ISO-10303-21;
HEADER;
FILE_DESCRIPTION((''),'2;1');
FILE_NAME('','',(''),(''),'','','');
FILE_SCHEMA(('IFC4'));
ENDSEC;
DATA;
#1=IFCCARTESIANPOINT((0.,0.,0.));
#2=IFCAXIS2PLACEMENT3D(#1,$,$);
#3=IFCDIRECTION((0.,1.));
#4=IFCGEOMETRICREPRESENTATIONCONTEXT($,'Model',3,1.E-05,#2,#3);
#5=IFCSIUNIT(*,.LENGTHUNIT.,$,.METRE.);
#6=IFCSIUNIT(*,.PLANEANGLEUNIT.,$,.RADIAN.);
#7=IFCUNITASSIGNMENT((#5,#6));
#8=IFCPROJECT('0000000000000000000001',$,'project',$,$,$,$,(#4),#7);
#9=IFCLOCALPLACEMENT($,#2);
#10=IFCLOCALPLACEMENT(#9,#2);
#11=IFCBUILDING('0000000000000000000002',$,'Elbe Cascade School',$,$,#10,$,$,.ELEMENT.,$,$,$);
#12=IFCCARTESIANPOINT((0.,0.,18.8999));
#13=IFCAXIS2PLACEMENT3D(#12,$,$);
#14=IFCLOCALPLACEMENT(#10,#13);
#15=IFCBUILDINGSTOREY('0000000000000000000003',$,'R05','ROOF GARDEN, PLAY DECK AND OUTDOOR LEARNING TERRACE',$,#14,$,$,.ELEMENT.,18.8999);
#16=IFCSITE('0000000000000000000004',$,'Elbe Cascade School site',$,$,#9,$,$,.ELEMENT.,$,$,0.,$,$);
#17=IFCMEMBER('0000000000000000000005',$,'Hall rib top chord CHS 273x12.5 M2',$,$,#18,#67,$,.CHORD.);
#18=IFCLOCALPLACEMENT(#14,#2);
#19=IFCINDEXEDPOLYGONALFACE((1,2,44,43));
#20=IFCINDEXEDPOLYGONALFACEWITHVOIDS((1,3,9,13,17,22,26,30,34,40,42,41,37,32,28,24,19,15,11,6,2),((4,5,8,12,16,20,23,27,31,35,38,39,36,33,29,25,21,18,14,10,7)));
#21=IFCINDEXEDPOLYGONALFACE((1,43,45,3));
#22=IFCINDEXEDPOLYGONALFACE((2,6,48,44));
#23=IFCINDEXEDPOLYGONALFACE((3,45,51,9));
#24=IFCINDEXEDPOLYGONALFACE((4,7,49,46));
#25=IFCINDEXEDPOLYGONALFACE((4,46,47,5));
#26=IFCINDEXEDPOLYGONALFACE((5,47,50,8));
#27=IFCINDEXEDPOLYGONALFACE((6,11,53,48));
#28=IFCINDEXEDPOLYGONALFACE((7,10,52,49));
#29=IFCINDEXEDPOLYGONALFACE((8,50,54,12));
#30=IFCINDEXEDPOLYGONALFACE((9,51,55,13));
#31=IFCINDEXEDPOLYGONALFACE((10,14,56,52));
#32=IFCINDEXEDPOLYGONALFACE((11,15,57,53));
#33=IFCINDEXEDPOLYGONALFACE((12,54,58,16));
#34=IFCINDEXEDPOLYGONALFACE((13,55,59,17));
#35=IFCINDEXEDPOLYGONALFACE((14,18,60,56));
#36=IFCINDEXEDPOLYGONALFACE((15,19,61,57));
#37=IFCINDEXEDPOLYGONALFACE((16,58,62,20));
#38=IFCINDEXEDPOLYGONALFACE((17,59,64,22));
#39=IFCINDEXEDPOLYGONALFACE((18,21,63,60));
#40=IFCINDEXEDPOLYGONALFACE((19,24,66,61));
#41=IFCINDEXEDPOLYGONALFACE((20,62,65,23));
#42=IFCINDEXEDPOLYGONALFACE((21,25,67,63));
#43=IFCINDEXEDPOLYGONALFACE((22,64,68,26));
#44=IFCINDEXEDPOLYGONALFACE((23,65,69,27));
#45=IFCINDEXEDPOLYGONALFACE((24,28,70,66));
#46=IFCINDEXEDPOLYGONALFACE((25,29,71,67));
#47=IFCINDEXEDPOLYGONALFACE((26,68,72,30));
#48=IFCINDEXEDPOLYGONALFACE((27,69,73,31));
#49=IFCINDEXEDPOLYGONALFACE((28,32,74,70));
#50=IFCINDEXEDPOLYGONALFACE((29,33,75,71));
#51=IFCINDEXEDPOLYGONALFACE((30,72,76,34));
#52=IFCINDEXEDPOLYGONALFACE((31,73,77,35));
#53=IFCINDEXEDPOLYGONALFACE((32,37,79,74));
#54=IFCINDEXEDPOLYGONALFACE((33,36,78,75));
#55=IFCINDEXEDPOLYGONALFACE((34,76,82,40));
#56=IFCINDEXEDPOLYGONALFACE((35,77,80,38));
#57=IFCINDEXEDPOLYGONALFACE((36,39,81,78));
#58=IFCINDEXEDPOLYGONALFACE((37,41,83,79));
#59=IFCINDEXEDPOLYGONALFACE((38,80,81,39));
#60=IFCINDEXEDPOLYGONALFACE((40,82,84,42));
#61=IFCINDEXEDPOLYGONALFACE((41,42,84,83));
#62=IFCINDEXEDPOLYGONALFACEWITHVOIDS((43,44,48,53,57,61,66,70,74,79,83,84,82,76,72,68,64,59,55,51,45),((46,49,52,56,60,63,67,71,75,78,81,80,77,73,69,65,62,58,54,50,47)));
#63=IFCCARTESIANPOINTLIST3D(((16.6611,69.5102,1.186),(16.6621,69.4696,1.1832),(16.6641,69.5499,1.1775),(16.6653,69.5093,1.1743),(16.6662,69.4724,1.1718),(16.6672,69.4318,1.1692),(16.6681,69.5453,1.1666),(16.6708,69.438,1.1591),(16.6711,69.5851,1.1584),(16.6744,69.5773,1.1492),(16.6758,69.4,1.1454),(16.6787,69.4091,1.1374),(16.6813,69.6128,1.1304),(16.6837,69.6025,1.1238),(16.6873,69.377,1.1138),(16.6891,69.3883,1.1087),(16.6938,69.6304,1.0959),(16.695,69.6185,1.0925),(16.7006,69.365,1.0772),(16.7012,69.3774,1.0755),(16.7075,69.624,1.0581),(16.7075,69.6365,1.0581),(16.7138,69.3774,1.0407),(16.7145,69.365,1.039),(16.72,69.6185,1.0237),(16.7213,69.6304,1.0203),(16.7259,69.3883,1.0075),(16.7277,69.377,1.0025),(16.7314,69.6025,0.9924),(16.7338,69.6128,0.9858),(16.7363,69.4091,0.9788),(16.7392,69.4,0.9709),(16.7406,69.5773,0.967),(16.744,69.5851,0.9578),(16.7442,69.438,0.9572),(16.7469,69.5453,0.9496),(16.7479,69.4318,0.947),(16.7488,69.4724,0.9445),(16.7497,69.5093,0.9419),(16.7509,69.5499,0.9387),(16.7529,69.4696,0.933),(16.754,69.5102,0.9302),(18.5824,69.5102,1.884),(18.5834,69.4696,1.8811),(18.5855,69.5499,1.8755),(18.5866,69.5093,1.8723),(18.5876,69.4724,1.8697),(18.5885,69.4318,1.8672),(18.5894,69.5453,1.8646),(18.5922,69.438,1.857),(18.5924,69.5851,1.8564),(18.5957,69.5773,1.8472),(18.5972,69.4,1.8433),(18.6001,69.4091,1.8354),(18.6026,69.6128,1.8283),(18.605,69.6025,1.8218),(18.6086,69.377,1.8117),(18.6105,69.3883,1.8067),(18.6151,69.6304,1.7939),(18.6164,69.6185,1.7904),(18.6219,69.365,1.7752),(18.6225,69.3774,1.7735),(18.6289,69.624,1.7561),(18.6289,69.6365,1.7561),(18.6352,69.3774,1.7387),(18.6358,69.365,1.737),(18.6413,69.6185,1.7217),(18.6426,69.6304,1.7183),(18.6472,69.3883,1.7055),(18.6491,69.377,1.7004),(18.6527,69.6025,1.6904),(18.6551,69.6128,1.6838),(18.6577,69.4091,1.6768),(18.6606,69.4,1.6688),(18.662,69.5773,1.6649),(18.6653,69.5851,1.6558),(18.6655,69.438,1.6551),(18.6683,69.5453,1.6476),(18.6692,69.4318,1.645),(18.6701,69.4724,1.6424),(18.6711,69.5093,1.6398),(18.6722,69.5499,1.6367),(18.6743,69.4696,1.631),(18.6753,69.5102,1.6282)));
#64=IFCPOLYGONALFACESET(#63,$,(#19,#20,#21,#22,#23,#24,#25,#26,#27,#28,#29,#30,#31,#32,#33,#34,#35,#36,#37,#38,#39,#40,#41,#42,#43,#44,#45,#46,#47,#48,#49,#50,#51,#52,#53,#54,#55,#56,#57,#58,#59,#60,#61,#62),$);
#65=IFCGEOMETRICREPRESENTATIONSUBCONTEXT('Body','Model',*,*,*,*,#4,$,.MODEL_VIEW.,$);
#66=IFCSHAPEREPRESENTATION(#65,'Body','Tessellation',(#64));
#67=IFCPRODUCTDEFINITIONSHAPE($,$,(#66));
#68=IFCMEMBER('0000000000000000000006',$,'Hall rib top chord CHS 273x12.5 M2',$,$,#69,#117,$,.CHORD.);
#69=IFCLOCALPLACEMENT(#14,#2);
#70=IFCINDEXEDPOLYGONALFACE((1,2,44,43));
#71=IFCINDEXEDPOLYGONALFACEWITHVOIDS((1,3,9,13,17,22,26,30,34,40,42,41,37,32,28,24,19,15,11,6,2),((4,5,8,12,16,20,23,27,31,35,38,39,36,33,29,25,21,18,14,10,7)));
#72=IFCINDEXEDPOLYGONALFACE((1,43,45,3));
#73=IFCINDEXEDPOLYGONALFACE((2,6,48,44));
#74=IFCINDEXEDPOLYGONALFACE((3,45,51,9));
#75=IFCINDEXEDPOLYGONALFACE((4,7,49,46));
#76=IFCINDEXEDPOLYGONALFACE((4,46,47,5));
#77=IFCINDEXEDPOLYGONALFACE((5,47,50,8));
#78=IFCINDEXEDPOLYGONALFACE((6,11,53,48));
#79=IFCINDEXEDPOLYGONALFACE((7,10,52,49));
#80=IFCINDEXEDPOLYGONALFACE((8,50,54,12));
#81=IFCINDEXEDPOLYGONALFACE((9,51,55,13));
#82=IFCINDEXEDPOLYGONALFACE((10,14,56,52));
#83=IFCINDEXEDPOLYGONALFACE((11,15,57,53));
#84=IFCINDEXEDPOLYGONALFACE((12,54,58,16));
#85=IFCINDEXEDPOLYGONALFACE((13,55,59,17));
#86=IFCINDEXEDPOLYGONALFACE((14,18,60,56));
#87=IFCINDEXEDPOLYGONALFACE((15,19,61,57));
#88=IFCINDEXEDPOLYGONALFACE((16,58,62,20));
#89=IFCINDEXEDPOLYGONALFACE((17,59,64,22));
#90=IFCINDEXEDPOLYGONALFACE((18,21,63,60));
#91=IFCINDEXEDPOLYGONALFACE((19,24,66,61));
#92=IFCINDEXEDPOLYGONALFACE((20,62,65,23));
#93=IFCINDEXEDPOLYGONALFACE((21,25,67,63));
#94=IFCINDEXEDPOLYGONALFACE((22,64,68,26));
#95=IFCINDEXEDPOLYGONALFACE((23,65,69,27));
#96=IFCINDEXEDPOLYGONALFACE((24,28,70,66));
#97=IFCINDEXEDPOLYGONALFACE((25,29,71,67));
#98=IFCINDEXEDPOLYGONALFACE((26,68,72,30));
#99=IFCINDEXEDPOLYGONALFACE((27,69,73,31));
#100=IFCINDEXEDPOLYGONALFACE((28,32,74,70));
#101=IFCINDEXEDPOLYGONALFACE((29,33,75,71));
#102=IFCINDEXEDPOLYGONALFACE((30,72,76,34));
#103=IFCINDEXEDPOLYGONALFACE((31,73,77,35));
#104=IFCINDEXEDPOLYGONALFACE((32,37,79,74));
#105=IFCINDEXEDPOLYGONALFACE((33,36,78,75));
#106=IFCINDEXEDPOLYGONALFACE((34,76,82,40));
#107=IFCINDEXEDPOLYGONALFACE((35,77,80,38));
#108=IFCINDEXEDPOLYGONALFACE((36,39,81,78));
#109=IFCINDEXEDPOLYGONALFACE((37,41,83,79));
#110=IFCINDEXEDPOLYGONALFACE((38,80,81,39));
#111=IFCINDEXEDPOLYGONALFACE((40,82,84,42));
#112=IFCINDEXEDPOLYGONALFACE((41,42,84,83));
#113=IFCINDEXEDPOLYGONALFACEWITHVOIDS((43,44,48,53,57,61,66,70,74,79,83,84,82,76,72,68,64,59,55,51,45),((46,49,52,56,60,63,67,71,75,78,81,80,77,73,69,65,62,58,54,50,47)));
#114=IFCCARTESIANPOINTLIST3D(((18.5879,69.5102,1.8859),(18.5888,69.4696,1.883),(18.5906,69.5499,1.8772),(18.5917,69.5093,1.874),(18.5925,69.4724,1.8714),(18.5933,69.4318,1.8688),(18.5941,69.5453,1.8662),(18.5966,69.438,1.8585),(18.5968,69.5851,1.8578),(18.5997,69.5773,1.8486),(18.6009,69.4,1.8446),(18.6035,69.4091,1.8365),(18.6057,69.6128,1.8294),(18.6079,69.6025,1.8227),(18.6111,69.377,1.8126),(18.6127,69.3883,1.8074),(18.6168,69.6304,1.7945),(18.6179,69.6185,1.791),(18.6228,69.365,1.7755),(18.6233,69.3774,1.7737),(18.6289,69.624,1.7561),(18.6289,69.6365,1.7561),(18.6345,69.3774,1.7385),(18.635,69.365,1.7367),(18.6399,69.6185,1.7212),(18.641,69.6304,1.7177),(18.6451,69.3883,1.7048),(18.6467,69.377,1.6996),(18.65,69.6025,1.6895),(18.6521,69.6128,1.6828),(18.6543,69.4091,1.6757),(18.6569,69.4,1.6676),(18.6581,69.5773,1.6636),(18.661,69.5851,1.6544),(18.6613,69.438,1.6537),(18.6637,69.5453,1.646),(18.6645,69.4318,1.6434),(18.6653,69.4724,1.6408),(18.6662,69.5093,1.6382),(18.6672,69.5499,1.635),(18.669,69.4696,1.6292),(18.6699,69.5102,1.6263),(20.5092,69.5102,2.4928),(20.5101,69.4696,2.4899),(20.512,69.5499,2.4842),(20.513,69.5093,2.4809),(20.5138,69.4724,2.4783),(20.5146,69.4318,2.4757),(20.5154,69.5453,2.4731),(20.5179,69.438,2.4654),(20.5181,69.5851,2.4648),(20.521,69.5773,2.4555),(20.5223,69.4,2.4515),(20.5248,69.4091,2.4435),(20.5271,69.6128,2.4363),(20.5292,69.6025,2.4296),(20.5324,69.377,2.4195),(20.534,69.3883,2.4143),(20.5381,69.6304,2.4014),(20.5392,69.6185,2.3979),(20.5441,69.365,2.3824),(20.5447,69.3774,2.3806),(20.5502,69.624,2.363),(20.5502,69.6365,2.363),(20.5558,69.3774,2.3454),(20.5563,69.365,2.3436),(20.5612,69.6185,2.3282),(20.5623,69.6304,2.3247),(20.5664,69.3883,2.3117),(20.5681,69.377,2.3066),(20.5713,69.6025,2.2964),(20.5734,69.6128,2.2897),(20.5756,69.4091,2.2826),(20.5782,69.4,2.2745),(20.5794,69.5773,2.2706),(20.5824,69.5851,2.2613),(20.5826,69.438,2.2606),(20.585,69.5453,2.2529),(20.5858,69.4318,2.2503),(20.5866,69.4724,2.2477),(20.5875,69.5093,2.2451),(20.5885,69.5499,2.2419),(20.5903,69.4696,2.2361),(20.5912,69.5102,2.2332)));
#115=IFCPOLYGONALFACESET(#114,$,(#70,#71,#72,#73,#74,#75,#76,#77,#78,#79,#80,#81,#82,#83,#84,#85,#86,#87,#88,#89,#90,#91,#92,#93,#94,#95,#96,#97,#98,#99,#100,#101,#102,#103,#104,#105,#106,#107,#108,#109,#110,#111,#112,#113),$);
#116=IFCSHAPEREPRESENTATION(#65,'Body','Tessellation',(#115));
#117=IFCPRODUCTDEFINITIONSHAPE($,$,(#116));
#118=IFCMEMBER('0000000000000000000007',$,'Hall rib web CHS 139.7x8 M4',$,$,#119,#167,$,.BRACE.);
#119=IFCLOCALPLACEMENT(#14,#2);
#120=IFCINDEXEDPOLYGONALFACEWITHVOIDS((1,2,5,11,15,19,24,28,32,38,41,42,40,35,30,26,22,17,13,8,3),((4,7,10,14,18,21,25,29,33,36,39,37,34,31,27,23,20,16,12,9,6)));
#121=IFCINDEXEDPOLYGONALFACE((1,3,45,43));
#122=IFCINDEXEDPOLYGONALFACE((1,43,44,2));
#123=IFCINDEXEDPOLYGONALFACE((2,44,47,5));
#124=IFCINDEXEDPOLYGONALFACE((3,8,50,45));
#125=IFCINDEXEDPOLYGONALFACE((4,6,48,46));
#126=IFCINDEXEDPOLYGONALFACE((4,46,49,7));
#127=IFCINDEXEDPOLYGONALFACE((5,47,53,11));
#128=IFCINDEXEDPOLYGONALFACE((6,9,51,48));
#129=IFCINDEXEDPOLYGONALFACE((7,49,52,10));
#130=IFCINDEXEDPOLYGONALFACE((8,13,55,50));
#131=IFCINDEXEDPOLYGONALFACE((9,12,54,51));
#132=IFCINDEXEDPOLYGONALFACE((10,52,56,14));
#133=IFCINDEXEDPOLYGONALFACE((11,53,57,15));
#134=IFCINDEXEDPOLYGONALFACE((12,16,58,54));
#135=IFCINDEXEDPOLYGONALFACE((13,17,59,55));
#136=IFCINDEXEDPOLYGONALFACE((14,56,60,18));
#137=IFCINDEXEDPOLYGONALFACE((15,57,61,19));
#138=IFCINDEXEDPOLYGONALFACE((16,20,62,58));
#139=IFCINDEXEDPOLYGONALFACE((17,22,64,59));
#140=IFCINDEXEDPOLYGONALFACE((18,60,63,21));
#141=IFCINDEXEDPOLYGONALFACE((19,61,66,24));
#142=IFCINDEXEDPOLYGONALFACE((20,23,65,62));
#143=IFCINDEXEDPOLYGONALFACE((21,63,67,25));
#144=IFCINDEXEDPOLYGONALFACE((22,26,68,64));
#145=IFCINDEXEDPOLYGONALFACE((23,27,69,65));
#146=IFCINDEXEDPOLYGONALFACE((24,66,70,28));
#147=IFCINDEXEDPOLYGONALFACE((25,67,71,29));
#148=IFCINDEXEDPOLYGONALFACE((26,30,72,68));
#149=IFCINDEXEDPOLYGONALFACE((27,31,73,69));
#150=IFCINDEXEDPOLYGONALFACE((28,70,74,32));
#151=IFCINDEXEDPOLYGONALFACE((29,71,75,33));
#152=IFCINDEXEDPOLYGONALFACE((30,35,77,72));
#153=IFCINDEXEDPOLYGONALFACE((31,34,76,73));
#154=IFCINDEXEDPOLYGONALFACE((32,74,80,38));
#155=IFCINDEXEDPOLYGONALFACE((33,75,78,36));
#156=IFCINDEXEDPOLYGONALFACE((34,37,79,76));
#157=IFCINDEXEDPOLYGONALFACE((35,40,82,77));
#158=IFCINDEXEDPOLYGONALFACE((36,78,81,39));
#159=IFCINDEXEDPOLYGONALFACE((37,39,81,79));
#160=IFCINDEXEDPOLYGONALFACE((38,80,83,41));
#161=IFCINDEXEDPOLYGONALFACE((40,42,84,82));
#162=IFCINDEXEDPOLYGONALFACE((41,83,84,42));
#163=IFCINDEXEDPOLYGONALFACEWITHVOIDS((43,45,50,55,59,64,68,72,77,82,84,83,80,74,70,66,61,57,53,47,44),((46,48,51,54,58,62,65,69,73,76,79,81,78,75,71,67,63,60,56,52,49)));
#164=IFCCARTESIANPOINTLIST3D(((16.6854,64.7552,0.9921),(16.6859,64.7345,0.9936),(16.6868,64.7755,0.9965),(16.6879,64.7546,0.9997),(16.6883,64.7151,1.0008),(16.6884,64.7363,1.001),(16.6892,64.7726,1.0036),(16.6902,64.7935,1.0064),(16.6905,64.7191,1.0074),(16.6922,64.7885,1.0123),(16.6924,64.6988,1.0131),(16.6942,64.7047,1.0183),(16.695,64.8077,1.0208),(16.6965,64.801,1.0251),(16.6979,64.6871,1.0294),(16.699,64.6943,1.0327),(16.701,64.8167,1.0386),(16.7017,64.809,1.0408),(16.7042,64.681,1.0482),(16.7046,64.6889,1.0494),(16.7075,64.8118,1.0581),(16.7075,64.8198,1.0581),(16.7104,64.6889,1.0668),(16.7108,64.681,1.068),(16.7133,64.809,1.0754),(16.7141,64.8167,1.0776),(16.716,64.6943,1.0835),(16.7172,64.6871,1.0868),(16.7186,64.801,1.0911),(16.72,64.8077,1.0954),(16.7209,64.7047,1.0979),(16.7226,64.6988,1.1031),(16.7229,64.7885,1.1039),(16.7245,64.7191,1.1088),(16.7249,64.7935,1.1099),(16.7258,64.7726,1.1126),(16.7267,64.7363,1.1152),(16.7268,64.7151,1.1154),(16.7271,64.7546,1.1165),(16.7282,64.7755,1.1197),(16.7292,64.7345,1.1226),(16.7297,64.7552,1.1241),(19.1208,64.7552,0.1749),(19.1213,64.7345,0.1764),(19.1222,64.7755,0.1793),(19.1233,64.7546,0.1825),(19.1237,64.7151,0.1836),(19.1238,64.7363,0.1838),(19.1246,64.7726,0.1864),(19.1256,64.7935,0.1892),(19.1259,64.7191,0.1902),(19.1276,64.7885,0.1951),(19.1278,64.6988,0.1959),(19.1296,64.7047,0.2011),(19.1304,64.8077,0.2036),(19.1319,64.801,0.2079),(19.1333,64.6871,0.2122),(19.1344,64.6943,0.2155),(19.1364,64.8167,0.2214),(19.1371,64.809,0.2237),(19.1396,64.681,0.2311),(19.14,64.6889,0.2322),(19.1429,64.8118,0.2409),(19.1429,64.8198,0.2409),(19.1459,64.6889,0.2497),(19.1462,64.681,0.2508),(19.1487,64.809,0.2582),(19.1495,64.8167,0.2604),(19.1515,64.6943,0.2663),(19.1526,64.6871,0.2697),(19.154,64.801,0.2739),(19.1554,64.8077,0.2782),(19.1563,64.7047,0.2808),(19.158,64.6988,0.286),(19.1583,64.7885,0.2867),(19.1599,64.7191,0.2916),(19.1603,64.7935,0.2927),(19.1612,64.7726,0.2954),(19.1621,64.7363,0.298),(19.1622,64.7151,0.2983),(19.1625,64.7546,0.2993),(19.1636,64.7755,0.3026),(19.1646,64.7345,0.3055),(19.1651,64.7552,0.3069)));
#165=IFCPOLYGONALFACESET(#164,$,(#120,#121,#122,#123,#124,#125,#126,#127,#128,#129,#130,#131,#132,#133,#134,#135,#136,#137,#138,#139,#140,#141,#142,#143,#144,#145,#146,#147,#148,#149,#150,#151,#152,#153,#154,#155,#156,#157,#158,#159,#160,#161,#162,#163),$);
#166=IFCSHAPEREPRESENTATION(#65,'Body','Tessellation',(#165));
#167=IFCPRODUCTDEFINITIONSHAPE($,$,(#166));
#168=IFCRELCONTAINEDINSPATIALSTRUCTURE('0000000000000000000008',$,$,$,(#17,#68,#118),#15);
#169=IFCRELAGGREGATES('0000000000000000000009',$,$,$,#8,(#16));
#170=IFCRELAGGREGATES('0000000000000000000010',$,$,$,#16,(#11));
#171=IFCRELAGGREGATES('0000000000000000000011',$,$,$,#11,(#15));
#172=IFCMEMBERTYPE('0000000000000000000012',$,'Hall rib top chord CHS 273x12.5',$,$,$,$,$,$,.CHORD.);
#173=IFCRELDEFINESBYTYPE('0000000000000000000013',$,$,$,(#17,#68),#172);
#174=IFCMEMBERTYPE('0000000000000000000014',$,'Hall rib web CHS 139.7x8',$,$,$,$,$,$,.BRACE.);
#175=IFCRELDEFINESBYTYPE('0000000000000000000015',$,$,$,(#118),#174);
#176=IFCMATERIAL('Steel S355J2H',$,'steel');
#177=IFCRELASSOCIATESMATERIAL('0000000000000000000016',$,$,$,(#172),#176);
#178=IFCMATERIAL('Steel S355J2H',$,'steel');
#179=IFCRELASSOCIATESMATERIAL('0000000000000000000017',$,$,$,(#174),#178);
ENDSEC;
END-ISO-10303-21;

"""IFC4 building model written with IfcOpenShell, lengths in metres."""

from ifc_helpers import new_model, si_unit, direction, frame, origin, origin_2d, place, context, subcontext, project, spatial, hollow_circle, extrude, material, material_profile, profile_set, type_object, element, save


model = new_model("IFC4")

# Units and contexts
model_context = context("Model", 3, precision=1e-05, world=origin(), true_north=direction((0.0, 1.0)))
body_context = subcontext(model_context, "Body", "Model", "MODEL_VIEW")
ifc_project = project(units=[si_unit("LENGTHUNIT", "METRE"), si_unit("PLANEANGLEUNIT", "RADIAN")], contexts=[model_context])

# Site, building, storey
site_placement = place(None, origin())
site = spatial("IfcSite", under=ifc_project, at=site_placement, Name="Elbe Cascade School site", CompositionType="ELEMENT", RefElevation=0.0)
building_placement = place(site_placement, origin())
building = spatial("IfcBuilding", under=site, at=building_placement, Name="Elbe Cascade School", CompositionType="ELEMENT")
storey_placement = place(building_placement, frame((0.0, 0.0, 18.8999)))
storey = spatial("IfcBuildingStorey", under=building, at=storey_placement, Name="R05", Description="ROOF GARDEN, PLAY DECK AND OUTDOOR LEARNING TERRACE", CompositionType="ELEMENT", Elevation=18.8999)

# Members
ifc_material_1 = material(Name="Steel S355J2H", Category="steel")
ifc_material_profile_1 = material_profile(ifc_material_1, hollow_circle(Radius=0.1365, WallThickness=0.0125, at=origin_2d()), Name="CHS 273x12.5")
ifc_profile_set_1 = profile_set([ifc_material_profile_1], Name="Steel S355J2H")
member_type_1 = type_object("IfcMemberType", Name="Hall rib top chord CHS 273x12.5", PredefinedType="CHORD", material=ifc_profile_set_1)
member_1_placement = place(storey_placement, frame((16.7075, 69.5, 1.0581), z_axis=(0.939901, 0.0, 0.341446), x_axis=(0.0, 1.0, 0.0)))
element("IfcMember", 1, at=member_1_placement, inside=storey, type_object=member_type_1, Name="Hall rib top chord CHS 273x12.5 M2", PredefinedType="CHORD", context=body_context, shape_type="SweptSolid", body=[
    extrude(hollow_circle(Radius=0.1365, WallThickness=0.0125, at=origin_2d()), origin(), (0.0, 0.0, 1.0), 2.0442),
])
member_2_placement = place(storey_placement, frame((18.6289, 69.5, 1.7561), z_axis=(0.953557, 0.0, 0.301213), x_axis=(0.0, 1.0, 0.0)))
element("IfcMember", 2, at=member_2_placement, inside=storey, type_object=member_type_1, Name="Hall rib top chord CHS 273x12.5 M2", PredefinedType="CHORD", context=body_context, shape_type="SweptSolid", body=[
    extrude(hollow_circle(Radius=0.1365, WallThickness=0.0125, at=origin_2d()), origin(), (0.0, 0.0, 1.0), 2.0149),
])
ifc_material_2 = material(Name="Steel S355J2H", Category="steel")
ifc_material_profile_2 = material_profile(ifc_material_2, hollow_circle(Radius=0.0698, WallThickness=0.0081, at=origin_2d()), Name="CHS 139.7x8")
ifc_profile_set_2 = profile_set([ifc_material_profile_2], Name="Steel S355J2H")
member_type_2 = type_object("IfcMemberType", Name="Hall rib web CHS 139.7x8", PredefinedType="BRACE", material=ifc_profile_set_2)
member_3_placement = place(storey_placement, frame((16.7075, 64.75, 1.0581), z_axis=(0.948054, 0.0, -0.318109), x_axis=(0.0, 1.0, 0.0)))
element("IfcMember", 3, at=member_3_placement, inside=storey, type_object=member_type_2, Name="Hall rib web CHS 139.7x8 M4", PredefinedType="BRACE", context=body_context, shape_type="SweptSolid", body=[
    extrude(hollow_circle(Radius=0.0698, WallThickness=0.0081, at=origin_2d()), origin(), (0.0, 0.0, 1.0), 2.5688),
])

save(model, "model.ifc")
